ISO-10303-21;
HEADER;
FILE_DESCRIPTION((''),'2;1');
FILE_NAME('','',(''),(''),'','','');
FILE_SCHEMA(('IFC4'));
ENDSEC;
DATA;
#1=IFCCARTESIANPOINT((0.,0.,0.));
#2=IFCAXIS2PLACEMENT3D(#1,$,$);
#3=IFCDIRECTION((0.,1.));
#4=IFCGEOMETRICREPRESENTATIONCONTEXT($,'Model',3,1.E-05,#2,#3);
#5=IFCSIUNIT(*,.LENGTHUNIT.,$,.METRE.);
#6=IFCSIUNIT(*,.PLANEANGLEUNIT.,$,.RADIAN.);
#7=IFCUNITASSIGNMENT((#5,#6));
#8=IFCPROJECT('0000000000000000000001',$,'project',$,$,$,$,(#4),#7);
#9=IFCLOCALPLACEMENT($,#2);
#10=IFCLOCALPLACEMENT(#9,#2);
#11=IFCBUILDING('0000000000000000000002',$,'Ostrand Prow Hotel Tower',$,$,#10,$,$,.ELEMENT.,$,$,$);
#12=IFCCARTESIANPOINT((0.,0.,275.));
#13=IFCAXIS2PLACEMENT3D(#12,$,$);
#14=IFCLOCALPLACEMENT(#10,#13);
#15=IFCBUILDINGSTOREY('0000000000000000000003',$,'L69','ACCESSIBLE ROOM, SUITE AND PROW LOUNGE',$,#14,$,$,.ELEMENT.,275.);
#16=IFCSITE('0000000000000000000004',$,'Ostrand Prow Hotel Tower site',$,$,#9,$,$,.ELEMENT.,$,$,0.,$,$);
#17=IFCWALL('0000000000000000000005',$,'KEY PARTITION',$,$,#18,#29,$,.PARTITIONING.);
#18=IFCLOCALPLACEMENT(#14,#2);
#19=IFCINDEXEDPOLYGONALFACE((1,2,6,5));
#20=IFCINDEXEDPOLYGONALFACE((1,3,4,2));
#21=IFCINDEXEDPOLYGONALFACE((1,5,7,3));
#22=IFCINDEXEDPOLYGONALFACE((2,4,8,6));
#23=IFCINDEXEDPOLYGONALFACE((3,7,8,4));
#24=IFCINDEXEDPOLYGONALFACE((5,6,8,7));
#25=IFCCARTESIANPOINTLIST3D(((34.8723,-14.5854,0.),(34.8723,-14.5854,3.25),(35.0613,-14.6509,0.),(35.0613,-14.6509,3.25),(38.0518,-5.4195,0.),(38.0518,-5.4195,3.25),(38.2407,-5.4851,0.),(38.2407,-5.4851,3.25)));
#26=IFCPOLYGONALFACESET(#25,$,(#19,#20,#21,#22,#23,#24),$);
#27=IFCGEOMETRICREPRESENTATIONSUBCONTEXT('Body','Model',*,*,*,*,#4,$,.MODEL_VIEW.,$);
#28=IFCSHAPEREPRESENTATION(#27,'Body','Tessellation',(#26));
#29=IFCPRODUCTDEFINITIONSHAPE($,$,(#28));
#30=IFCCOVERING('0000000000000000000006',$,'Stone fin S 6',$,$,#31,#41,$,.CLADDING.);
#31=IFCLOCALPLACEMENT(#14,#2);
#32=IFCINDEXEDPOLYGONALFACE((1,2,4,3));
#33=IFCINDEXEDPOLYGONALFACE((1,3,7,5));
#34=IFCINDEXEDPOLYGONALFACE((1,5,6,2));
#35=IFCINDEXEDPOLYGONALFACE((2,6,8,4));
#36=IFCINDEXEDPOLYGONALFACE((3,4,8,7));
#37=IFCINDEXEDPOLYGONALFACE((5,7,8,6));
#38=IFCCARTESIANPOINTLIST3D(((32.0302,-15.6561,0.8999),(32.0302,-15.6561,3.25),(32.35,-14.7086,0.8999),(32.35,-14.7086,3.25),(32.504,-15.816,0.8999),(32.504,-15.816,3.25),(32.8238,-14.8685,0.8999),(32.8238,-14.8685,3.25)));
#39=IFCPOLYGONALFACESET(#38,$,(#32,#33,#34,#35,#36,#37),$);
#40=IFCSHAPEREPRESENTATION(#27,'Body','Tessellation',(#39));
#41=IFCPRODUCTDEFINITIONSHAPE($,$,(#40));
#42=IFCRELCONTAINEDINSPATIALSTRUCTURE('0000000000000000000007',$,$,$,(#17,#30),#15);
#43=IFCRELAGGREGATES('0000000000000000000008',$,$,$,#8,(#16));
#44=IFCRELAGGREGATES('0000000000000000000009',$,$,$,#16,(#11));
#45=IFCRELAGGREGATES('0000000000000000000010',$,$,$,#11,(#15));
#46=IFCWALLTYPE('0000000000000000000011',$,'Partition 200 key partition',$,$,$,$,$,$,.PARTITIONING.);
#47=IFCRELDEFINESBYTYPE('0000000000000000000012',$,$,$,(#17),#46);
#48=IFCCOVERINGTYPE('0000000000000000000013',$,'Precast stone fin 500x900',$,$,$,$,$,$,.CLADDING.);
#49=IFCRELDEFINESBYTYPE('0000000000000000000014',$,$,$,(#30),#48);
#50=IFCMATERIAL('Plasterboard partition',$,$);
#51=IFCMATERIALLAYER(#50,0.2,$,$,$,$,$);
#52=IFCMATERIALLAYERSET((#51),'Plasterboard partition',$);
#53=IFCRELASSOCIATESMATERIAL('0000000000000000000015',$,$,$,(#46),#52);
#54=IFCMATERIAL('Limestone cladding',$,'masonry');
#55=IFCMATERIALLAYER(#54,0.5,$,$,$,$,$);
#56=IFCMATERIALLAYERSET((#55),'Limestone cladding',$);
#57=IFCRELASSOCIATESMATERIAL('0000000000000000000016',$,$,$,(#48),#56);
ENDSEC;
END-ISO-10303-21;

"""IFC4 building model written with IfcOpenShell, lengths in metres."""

from ifc_helpers import new_model, si_unit, direction, frame, frame_2d, origin, place, context, subcontext, project, spatial, rectangle, extrude, material, layer, layer_set, type_object, element, save


model = new_model("IFC4")

# Units and contexts
model_context = context("Model", 3, precision=1e-05, world=origin(), true_north=direction((0.0, 1.0)))
body_context = subcontext(model_context, "Body", "Model", "MODEL_VIEW")
ifc_project = project(units=[si_unit("LENGTHUNIT", "METRE"), si_unit("PLANEANGLEUNIT", "RADIAN")], contexts=[model_context])

# Site, building, storey
site_placement = place(None, origin())
site = spatial("IfcSite", under=ifc_project, at=site_placement, Name="Ostrand Prow Hotel Tower site", CompositionType="ELEMENT", RefElevation=0.0)
building_placement = place(site_placement, origin())
building = spatial("IfcBuilding", under=site, at=building_placement, Name="Ostrand Prow Hotel Tower", CompositionType="ELEMENT")
storey_placement = place(building_placement, frame((0.0, 0.0, 275.0)))
storey = spatial("IfcBuildingStorey", under=building, at=storey_placement, Name="L69", Description="ACCESSIBLE ROOM, SUITE AND PROW LOUNGE", CompositionType="ELEMENT", Elevation=275.0)

# Wall
ifc_material_1 = material(Name="Plasterboard partition")
ifc_layer_1 = layer(ifc_material_1, 0.2)
ifc_layer_set_1 = layer_set([ifc_layer_1], Name="Plasterboard partition")
wall_type = type_object("IfcWallType", Name="Partition 200 key partition", PredefinedType="PARTITIONING", material=ifc_layer_set_1)
wall_placement = place(storey_placement, frame((34.9668, -14.6182, 0.0), z_axis=(0.0, 0.0, 1.0), x_axis=(0.327725, 0.944773, 0.0)))
element("IfcWall", 1, at=wall_placement, inside=storey, type_object=wall_type, Name="KEY PARTITION", PredefinedType="PARTITIONING", context=body_context, shape_type="SweptSolid", body=[
    extrude(rectangle(XDim=9.7017, YDim=0.2, at=frame_2d((4.8508, 0.0))), origin(), (0.0, 0.0, 1.0), 3.25),
])

# Covering
ifc_material_2 = material(Name="Limestone cladding", Category="masonry")
ifc_layer_2 = layer(ifc_material_2, 0.5)
ifc_layer_set_2 = layer_set([ifc_layer_2], Name="Limestone cladding")
covering_type = type_object("IfcCoveringType", Name="Precast stone fin 500x900", PredefinedType="CLADDING", material=ifc_layer_set_2)
covering_placement = place(storey_placement, frame((32.5869, -14.7886, 0.8999), z_axis=(0.0, 0.0, 1.0), x_axis=(-0.319814, -0.94748, 0.0)))
element("IfcCovering", 2, at=covering_placement, inside=storey, type_object=covering_type, Name="Stone fin S 6", PredefinedType="CLADDING", context=body_context, shape_type="SweptSolid", body=[
    extrude(rectangle(XDim=1.0, YDim=0.5, at=frame_2d((0.5, 0.0))), origin(), (0.0, 0.0, 1.0), 2.3501),
])

save(model, "model.ifc")
